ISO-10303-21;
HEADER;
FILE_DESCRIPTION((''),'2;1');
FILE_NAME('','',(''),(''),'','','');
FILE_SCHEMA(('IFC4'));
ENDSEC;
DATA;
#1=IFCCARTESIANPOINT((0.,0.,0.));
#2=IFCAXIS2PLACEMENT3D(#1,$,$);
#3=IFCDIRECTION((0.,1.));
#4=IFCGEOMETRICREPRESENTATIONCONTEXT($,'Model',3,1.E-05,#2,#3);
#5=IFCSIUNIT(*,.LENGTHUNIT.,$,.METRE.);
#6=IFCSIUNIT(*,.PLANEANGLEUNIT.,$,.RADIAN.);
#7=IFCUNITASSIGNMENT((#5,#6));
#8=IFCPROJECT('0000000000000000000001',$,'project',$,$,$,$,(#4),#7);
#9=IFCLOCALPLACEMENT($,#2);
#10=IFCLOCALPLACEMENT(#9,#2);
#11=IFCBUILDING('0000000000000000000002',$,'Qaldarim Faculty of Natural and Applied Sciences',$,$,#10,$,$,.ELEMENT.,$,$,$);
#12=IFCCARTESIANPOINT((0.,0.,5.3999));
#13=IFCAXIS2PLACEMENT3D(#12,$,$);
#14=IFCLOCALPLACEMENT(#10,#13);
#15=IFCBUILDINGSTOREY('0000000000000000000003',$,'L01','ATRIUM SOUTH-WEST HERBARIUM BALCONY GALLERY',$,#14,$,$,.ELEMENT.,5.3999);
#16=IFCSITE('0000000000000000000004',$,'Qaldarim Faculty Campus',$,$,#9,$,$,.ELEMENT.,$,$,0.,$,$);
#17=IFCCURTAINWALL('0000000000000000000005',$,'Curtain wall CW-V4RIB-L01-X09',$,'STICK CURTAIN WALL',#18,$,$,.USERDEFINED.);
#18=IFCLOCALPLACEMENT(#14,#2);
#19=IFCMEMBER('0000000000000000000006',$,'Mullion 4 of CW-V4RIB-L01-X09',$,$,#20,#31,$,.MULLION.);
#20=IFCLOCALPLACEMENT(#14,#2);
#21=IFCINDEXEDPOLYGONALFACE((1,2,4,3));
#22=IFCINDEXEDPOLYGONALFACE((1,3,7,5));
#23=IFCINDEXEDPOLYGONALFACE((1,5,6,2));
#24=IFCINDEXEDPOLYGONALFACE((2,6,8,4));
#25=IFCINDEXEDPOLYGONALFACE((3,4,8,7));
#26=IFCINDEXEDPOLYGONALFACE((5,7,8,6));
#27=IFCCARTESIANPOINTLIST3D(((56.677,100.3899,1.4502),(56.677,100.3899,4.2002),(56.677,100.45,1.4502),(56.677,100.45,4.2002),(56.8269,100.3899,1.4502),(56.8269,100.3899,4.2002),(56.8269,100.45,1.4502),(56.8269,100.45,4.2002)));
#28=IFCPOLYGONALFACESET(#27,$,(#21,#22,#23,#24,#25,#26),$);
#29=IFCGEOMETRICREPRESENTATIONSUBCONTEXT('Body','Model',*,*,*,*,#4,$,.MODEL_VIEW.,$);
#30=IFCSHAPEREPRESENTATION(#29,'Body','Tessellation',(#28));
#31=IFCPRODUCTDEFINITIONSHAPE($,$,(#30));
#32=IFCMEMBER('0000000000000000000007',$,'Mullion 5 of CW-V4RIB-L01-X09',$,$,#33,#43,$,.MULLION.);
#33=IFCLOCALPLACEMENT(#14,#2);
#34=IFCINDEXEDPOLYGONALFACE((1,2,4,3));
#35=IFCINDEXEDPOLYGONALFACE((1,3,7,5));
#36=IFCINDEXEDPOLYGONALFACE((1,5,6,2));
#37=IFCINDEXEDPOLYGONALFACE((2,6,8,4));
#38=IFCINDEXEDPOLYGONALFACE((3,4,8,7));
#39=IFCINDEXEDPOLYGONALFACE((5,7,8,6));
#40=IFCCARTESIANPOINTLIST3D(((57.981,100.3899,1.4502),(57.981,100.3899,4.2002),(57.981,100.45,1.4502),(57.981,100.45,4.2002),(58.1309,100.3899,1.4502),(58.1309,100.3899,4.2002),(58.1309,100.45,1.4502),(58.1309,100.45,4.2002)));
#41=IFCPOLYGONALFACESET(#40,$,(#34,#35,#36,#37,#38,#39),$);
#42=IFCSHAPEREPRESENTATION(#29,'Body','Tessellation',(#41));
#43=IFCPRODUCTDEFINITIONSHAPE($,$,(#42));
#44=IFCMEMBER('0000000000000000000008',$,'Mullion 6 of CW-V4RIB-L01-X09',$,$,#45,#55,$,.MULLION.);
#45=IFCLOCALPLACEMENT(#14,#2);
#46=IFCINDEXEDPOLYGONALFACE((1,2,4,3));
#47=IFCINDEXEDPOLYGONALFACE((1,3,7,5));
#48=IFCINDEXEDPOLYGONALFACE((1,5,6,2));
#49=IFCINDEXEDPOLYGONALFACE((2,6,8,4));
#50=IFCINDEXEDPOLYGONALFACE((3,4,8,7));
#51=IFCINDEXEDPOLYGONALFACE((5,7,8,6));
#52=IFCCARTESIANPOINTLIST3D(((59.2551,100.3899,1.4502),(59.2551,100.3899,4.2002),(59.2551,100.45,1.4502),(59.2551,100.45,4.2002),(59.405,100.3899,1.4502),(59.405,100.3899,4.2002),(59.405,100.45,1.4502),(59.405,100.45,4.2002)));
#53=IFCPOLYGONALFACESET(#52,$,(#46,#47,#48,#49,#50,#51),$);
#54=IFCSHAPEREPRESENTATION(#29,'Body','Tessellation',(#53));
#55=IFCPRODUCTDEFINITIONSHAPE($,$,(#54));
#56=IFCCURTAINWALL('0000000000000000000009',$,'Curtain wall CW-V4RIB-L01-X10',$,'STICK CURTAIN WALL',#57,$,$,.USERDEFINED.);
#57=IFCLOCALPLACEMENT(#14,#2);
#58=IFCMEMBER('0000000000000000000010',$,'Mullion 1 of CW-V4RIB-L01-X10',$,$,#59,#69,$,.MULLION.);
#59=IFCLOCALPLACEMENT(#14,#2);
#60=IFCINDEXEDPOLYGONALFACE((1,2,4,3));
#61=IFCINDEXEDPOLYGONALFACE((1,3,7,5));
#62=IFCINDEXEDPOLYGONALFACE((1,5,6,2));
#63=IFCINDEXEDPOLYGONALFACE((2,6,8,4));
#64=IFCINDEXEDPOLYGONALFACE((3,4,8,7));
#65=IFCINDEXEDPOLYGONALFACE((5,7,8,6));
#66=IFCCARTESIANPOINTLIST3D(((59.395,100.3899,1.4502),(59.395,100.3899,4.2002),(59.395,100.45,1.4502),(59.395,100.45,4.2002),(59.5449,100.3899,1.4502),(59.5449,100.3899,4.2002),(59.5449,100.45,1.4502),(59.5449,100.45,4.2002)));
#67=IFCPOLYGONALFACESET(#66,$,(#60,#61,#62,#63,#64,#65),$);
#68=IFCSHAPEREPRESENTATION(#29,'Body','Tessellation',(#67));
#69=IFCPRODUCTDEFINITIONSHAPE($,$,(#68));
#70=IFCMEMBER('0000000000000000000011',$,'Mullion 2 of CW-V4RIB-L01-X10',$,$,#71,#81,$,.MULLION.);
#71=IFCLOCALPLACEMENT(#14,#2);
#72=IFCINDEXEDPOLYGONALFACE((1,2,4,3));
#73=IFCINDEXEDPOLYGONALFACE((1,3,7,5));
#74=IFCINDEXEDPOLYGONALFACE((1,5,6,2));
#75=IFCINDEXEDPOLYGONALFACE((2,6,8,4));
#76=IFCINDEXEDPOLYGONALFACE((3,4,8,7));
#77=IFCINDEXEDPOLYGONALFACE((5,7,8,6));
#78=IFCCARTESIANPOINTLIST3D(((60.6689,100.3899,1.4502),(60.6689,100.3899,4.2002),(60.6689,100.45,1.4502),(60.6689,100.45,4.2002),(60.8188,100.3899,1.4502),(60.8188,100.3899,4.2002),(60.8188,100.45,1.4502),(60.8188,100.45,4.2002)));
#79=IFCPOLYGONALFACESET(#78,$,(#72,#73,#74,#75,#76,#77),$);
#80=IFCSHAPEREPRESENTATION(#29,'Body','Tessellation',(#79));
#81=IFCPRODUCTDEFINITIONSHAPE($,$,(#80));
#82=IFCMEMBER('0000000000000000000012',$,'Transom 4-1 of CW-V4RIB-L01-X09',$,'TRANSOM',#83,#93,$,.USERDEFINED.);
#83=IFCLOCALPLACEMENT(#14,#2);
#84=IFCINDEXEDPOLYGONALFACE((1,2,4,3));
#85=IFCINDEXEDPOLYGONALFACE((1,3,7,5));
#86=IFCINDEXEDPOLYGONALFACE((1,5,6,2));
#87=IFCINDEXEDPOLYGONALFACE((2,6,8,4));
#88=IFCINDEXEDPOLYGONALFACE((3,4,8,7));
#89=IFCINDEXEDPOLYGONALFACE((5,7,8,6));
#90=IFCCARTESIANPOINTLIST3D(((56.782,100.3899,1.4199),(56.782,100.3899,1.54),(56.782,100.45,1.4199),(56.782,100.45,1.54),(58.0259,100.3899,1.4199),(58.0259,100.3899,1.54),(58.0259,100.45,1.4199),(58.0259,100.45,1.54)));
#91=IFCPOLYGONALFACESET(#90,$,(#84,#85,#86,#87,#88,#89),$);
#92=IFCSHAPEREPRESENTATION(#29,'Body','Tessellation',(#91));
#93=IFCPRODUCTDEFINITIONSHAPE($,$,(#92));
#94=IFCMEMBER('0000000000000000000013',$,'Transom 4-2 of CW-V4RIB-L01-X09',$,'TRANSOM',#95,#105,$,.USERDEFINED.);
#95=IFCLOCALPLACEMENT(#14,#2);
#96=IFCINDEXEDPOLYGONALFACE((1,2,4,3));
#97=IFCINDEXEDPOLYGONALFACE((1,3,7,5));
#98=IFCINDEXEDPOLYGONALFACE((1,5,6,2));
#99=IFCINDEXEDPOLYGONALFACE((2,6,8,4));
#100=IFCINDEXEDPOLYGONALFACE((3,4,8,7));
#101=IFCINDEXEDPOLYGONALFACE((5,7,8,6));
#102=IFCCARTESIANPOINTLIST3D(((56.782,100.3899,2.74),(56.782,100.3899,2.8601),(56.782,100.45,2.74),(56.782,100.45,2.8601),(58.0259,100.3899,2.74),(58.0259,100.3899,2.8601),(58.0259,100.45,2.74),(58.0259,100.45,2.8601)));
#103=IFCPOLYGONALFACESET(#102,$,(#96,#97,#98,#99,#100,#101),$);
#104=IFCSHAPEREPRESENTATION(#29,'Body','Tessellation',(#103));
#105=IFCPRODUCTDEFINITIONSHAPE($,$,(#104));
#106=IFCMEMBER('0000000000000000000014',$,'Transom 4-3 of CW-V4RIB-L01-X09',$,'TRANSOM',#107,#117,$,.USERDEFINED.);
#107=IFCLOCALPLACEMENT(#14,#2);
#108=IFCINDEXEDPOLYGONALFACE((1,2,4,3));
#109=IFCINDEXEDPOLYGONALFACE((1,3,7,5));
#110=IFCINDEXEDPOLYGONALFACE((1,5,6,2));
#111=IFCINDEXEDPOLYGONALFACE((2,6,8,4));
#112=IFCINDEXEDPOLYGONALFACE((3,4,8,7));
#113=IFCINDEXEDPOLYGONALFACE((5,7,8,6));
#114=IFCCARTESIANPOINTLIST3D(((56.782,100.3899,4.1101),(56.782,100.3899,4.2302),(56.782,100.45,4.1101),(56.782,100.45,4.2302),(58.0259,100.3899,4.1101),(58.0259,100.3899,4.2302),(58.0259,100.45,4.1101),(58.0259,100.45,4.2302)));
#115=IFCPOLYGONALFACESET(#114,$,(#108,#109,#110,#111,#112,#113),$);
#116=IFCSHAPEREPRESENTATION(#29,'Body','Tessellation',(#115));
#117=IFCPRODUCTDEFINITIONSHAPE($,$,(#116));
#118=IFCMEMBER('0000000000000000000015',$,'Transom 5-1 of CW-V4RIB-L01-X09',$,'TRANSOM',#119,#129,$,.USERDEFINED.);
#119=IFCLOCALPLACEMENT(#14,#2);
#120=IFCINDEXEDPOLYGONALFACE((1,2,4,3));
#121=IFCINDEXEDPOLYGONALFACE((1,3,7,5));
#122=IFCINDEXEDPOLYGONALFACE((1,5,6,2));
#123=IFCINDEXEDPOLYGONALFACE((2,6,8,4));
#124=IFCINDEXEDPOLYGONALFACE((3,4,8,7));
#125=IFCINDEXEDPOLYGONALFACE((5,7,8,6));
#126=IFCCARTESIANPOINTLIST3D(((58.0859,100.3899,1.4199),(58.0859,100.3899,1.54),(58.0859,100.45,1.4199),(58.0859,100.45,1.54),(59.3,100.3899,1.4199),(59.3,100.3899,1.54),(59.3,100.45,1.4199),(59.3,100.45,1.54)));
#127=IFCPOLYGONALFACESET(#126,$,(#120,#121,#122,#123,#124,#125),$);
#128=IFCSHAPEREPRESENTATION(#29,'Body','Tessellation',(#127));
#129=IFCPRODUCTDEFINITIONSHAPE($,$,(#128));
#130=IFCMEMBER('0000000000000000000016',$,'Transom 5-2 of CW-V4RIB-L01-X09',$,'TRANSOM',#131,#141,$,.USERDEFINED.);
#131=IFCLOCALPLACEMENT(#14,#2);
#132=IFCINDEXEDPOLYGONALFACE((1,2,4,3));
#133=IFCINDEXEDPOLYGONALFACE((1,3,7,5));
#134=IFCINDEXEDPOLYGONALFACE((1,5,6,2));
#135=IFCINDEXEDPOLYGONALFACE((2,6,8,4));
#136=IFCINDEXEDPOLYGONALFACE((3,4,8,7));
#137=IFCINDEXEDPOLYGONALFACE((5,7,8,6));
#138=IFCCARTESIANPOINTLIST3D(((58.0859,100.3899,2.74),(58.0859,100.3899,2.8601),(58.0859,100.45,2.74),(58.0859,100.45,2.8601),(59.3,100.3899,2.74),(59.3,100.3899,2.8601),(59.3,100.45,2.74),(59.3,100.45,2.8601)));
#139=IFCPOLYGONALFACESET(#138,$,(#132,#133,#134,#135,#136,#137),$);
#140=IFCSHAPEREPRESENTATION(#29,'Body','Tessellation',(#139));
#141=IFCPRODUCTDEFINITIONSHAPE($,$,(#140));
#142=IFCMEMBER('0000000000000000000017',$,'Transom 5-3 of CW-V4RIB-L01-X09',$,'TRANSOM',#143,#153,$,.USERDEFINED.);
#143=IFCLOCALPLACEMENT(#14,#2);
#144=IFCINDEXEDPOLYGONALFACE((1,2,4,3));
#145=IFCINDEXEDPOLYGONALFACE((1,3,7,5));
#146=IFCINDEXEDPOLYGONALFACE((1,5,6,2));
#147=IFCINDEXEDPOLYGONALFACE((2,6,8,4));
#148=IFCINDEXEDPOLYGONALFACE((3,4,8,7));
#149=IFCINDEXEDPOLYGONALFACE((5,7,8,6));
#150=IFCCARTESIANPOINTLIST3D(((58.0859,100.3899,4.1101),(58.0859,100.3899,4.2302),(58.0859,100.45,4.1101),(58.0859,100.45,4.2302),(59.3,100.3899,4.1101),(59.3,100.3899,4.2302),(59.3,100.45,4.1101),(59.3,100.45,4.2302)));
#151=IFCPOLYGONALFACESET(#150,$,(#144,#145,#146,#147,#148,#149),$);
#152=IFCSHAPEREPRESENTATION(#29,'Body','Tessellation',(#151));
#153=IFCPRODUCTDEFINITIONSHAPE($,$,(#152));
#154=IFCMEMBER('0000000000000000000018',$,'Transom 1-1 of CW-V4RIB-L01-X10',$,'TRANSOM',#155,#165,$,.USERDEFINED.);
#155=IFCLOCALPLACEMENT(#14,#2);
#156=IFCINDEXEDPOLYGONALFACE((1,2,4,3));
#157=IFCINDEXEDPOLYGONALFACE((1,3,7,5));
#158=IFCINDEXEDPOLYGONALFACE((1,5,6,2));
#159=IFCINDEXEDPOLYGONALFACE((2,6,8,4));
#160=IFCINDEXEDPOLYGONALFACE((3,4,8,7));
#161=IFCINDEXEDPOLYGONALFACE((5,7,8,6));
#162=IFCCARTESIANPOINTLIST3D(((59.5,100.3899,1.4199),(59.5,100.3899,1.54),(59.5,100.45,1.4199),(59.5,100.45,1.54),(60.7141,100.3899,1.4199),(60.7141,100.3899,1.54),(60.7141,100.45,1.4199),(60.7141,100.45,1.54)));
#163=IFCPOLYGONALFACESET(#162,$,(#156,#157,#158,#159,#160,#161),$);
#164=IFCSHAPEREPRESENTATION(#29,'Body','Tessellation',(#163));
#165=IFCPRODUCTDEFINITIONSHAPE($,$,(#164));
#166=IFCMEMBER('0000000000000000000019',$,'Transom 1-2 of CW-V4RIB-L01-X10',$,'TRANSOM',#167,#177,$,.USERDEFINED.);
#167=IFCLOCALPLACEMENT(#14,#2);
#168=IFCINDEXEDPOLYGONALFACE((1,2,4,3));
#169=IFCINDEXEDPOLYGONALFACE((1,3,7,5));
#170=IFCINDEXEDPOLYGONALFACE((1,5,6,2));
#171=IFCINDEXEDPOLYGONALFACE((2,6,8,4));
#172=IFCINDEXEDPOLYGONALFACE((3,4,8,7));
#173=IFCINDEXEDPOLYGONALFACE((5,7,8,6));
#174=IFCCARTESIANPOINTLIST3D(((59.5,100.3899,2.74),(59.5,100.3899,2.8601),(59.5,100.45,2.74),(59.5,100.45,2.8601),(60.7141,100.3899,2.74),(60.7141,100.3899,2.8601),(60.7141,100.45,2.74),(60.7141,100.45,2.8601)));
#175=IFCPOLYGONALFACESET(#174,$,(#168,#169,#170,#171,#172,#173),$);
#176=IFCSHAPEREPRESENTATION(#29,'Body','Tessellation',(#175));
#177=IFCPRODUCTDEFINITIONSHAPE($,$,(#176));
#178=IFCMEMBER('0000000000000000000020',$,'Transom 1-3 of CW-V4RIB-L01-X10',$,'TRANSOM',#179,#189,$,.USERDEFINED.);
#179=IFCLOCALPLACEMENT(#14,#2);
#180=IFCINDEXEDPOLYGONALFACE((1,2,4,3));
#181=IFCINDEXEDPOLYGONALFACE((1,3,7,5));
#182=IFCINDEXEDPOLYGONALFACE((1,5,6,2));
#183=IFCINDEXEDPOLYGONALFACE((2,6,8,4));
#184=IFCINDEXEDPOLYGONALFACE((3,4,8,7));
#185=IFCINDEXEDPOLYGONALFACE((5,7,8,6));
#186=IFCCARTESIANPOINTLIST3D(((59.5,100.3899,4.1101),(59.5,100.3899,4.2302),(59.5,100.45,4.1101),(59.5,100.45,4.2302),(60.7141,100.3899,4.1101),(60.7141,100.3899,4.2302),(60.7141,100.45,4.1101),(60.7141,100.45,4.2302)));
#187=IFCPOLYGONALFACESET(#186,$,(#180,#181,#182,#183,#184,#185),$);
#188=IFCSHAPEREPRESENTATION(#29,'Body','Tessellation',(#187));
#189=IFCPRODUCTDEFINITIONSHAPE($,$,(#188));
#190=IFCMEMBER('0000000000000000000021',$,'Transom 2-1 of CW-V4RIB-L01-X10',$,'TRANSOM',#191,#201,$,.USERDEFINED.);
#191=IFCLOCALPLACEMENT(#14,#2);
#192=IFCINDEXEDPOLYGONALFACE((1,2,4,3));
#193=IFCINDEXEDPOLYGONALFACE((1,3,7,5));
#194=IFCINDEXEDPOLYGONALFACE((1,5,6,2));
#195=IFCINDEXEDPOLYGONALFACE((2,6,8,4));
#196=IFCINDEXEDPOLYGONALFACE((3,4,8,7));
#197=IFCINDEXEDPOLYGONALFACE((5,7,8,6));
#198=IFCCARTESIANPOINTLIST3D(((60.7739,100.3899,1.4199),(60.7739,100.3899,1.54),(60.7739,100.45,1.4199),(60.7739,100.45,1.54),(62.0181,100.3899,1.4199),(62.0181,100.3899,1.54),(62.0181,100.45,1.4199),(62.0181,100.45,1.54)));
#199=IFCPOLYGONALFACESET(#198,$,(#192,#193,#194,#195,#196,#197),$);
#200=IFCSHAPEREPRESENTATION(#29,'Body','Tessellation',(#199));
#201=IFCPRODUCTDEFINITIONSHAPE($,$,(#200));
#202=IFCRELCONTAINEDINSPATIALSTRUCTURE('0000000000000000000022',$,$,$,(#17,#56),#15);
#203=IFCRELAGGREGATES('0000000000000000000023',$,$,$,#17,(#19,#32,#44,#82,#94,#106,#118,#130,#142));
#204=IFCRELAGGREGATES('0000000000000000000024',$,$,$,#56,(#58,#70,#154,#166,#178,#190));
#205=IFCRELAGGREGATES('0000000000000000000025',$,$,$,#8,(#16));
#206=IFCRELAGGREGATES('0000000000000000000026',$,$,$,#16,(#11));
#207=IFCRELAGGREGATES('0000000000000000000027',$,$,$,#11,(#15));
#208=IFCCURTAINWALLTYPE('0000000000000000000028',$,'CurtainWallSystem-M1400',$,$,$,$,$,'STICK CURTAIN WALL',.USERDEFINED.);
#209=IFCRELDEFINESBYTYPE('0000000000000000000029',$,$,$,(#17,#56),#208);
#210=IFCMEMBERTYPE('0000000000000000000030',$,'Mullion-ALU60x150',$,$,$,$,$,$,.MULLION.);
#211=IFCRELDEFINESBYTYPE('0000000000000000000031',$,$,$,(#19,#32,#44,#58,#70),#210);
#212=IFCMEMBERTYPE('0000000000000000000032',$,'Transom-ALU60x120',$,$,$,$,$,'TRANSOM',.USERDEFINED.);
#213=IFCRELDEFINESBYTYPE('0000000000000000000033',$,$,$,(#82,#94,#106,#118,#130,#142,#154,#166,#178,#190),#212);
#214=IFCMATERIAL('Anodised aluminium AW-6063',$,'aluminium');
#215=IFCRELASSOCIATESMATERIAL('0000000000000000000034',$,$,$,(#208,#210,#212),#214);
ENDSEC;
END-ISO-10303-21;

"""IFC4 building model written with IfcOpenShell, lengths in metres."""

from ifc_helpers import new_model, si_unit, direction, frame, origin, origin_2d, place, context, subcontext, project, spatial, rectangle, extrude, material, material_profile, profile_set, type_object, element, aggregate, save


model = new_model("IFC4")

# Units and contexts
model_context = context("Model", 3, precision=1e-05, world=origin(), true_north=direction((0.0, 1.0)))
body_context = subcontext(model_context, "Body", "Model", "MODEL_VIEW")
ifc_project = project(units=[si_unit("LENGTHUNIT", "METRE"), si_unit("PLANEANGLEUNIT", "RADIAN")], contexts=[model_context])

# Site, building, storey
site_placement = place(None, origin())
site = spatial("IfcSite", under=ifc_project, at=site_placement, Name="Qaldarim Faculty Campus", CompositionType="ELEMENT", RefElevation=0.0)
building_placement = place(site_placement, origin())
building = spatial("IfcBuilding", under=site, at=building_placement, Name="Qaldarim Faculty of Natural and Applied Sciences", CompositionType="ELEMENT")
storey_placement = place(building_placement, frame((0.0, 0.0, 5.3999)))
storey = spatial("IfcBuildingStorey", under=building, at=storey_placement, Name="L01", Description="ATRIUM SOUTH-WEST HERBARIUM BALCONY GALLERY", CompositionType="ELEMENT", Elevation=5.3999)

# Curtain walls, members
ifc_material_1 = material(Name="Anodised aluminium AW-6063", Category="aluminium")
curtain_wall_type = type_object("IfcCurtainWallType", Name="CurtainWallSystem-M1400", ElementType="STICK CURTAIN WALL", PredefinedType="USERDEFINED", material=ifc_material_1)
curtain_wall_1_placement = place(storey_placement, origin())
curtain_wall_1 = element("IfcCurtainWall", 1, at=curtain_wall_1_placement, inside=storey, type_object=curtain_wall_type, Name="Curtain wall CW-V4RIB-L01-X09", ObjectType="STICK CURTAIN WALL", PredefinedType="USERDEFINED")
ifc_material_profile_1 = material_profile(ifc_material_1, rectangle(XDim=0.0601, YDim=0.1499, at=origin_2d()), Name="ALU-M60x150")
ifc_profile_set_1 = profile_set([ifc_material_profile_1], Name="Anodised aluminium AW-6063")
member_type_1 = type_object("IfcMemberType", Name="Mullion-ALU60x150", PredefinedType="MULLION", material=ifc_profile_set_1)
member_1_placement = place(storey_placement, frame((56.752, 100.4199, 1.4502), z_axis=(0.0, 0.0, 1.0), x_axis=(0.0, 1.0, 0.0)))
member_1 = element("IfcMember", 2, at=member_1_placement, type_object=member_type_1, Name="Mullion 4 of CW-V4RIB-L01-X09", PredefinedType="MULLION", context=body_context, shape_type="SweptSolid", body=[
    extrude(rectangle(XDim=0.0601, YDim=0.1499, at=origin_2d()), origin(), (0.0, 0.0, 1.0), 2.75),
])
member_2_placement = place(storey_placement, frame((58.0559, 100.4199, 1.4502), z_axis=(0.0, 0.0, 1.0), x_axis=(0.0, 1.0, 0.0)))
member_2 = element("IfcMember", 3, at=member_2_placement, type_object=member_type_1, Name="Mullion 5 of CW-V4RIB-L01-X09", PredefinedType="MULLION", context=body_context, shape_type="SweptSolid", body=[
    extrude(rectangle(XDim=0.0601, YDim=0.1499, at=origin_2d()), origin(), (0.0, 0.0, 1.0), 2.75),
])
member_3_placement = place(storey_placement, frame((59.3301, 100.4199, 1.4502), z_axis=(0.0, 0.0, 1.0), x_axis=(0.0, 1.0, 0.0)))
member_3 = element("IfcMember", 4, at=member_3_placement, type_object=member_type_1, Name="Mullion 6 of CW-V4RIB-L01-X09", PredefinedType="MULLION", context=body_context, shape_type="SweptSolid", body=[
    extrude(rectangle(XDim=0.0601, YDim=0.1499, at=origin_2d()), origin(), (0.0, 0.0, 1.0), 2.75),
])
curtain_wall_2_placement = place(storey_placement, origin())
curtain_wall_2 = element("IfcCurtainWall", 5, at=curtain_wall_2_placement, inside=storey, type_object=curtain_wall_type, Name="Curtain wall CW-V4RIB-L01-X10", ObjectType="STICK CURTAIN WALL", PredefinedType="USERDEFINED")
member_4_placement = place(storey_placement, frame((59.47, 100.4199, 1.4502), z_axis=(0.0, 0.0, 1.0), x_axis=(0.0, 1.0, 0.0)))
member_4 = element("IfcMember", 6, at=member_4_placement, type_object=member_type_1, Name="Mullion 1 of CW-V4RIB-L01-X10", PredefinedType="MULLION", context=body_context, shape_type="SweptSolid", body=[
    extrude(rectangle(XDim=0.0601, YDim=0.1499, at=origin_2d()), origin(), (0.0, 0.0, 1.0), 2.75),
])
member_5_placement = place(storey_placement, frame((60.7439, 100.4199, 1.4502), z_axis=(0.0, 0.0, 1.0), x_axis=(0.0, 1.0, 0.0)))
member_5 = element("IfcMember", 7, at=member_5_placement, type_object=member_type_1, Name="Mullion 2 of CW-V4RIB-L01-X10", PredefinedType="MULLION", context=body_context, shape_type="SweptSolid", body=[
    extrude(rectangle(XDim=0.0601, YDim=0.1499, at=origin_2d()), origin(), (0.0, 0.0, 1.0), 2.75),
])

# Members
ifc_material_profile_2 = material_profile(ifc_material_1, rectangle(XDim=0.0601, YDim=0.1201, at=origin_2d()), Name="ALU-T60x120")
ifc_profile_set_2 = profile_set([ifc_material_profile_2], Name="Anodised aluminium AW-6063")
member_type_2 = type_object("IfcMemberType", Name="Transom-ALU60x120", ElementType="TRANSOM", PredefinedType="USERDEFINED", material=ifc_profile_set_2)
member_6_placement = place(storey_placement, frame((56.782, 100.4199, 1.48), z_axis=(1.0, 0.0, 0.0), x_axis=(0.0, 1.0, 0.0)))
member_6 = element("IfcMember", 8, at=member_6_placement, type_object=member_type_2, Name="Transom 4-1 of CW-V4RIB-L01-X09", ObjectType="TRANSOM", PredefinedType="USERDEFINED", context=body_context, shape_type="SweptSolid", body=[
    extrude(rectangle(XDim=0.0601, YDim=0.1201, at=origin_2d()), origin(), (0.0, 0.0, 1.0), 1.2439),
])
member_7_placement = place(storey_placement, frame((56.782, 100.4199, 2.8), z_axis=(1.0, 0.0, 0.0), x_axis=(0.0, 1.0, 0.0)))
member_7 = element("IfcMember", 9, at=member_7_placement, type_object=member_type_2, Name="Transom 4-2 of CW-V4RIB-L01-X09", ObjectType="TRANSOM", PredefinedType="USERDEFINED", context=body_context, shape_type="SweptSolid", body=[
    extrude(rectangle(XDim=0.0601, YDim=0.1201, at=origin_2d()), origin(), (0.0, 0.0, 1.0), 1.2439),
])
member_8_placement = place(storey_placement, frame((56.782, 100.4199, 4.1702), z_axis=(1.0, 0.0, 0.0), x_axis=(0.0, 1.0, 0.0)))
member_8 = element("IfcMember", 10, at=member_8_placement, type_object=member_type_2, Name="Transom 4-3 of CW-V4RIB-L01-X09", ObjectType="TRANSOM", PredefinedType="USERDEFINED", context=body_context, shape_type="SweptSolid", body=[
    extrude(rectangle(XDim=0.0601, YDim=0.1201, at=origin_2d()), origin(), (0.0, 0.0, 1.0), 1.2439),
])
member_9_placement = place(storey_placement, frame((58.0859, 100.4199, 1.48), z_axis=(1.0, 0.0, 0.0), x_axis=(0.0, 1.0, 0.0)))
member_9 = element("IfcMember", 11, at=member_9_placement, type_object=member_type_2, Name="Transom 5-1 of CW-V4RIB-L01-X09", ObjectType="TRANSOM", PredefinedType="USERDEFINED", context=body_context, shape_type="SweptSolid", body=[
    extrude(rectangle(XDim=0.0601, YDim=0.1201, at=origin_2d()), origin(), (0.0, 0.0, 1.0), 1.2141),
])
member_10_placement = place(storey_placement, frame((58.0859, 100.4199, 2.8), z_axis=(1.0, 0.0, 0.0), x_axis=(0.0, 1.0, 0.0)))
member_10 = element("IfcMember", 12, at=member_10_placement, type_object=member_type_2, Name="Transom 5-2 of CW-V4RIB-L01-X09", ObjectType="TRANSOM", PredefinedType="USERDEFINED", context=body_context, shape_type="SweptSolid", body=[
    extrude(rectangle(XDim=0.0601, YDim=0.1201, at=origin_2d()), origin(), (0.0, 0.0, 1.0), 1.2141),
])
member_11_placement = place(storey_placement, frame((58.0859, 100.4199, 4.1702), z_axis=(1.0, 0.0, 0.0), x_axis=(0.0, 1.0, 0.0)))
member_11 = element("IfcMember", 13, at=member_11_placement, type_object=member_type_2, Name="Transom 5-3 of CW-V4RIB-L01-X09", ObjectType="TRANSOM", PredefinedType="USERDEFINED", context=body_context, shape_type="SweptSolid", body=[
    extrude(rectangle(XDim=0.0601, YDim=0.1201, at=origin_2d()), origin(), (0.0, 0.0, 1.0), 1.2141),
])
member_12_placement = place(storey_placement, frame((59.5, 100.4199, 1.48), z_axis=(1.0, 0.0, 0.0), x_axis=(0.0, 1.0, 0.0)))
member_12 = element("IfcMember", 14, at=member_12_placement, type_object=member_type_2, Name="Transom 1-1 of CW-V4RIB-L01-X10", ObjectType="TRANSOM", PredefinedType="USERDEFINED", context=body_context, shape_type="SweptSolid", body=[
    extrude(rectangle(XDim=0.0601, YDim=0.1201, at=origin_2d()), origin(), (0.0, 0.0, 1.0), 1.2141),
])
member_13_placement = place(storey_placement, frame((59.5, 100.4199, 2.8), z_axis=(1.0, 0.0, 0.0), x_axis=(0.0, 1.0, 0.0)))
member_13 = element("IfcMember", 15, at=member_13_placement, type_object=member_type_2, Name="Transom 1-2 of CW-V4RIB-L01-X10", ObjectType="TRANSOM", PredefinedType="USERDEFINED", context=body_context, shape_type="SweptSolid", body=[
    extrude(rectangle(XDim=0.0601, YDim=0.1201, at=origin_2d()), origin(), (0.0, 0.0, 1.0), 1.2141),
])
member_14_placement = place(storey_placement, frame((59.5, 100.4199, 4.1702), z_axis=(1.0, 0.0, 0.0), x_axis=(0.0, 1.0, 0.0)))
member_14 = element("IfcMember", 16, at=member_14_placement, type_object=member_type_2, Name="Transom 1-3 of CW-V4RIB-L01-X10", ObjectType="TRANSOM", PredefinedType="USERDEFINED", context=body_context, shape_type="SweptSolid", body=[
    extrude(rectangle(XDim=0.0601, YDim=0.1201, at=origin_2d()), origin(), (0.0, 0.0, 1.0), 1.2141),
])
member_15_placement = place(storey_placement, frame((60.7739, 100.4199, 1.48), z_axis=(1.0, 0.0, 0.0), x_axis=(0.0, 1.0, 0.0)))
member_15 = element("IfcMember", 17, at=member_15_placement, type_object=member_type_2, Name="Transom 2-1 of CW-V4RIB-L01-X10", ObjectType="TRANSOM", PredefinedType="USERDEFINED", context=body_context, shape_type="SweptSolid", body=[
    extrude(rectangle(XDim=0.0601, YDim=0.1201, at=origin_2d()), origin(), (0.0, 0.0, 1.0), 1.2441),
])

aggregate(curtain_wall_1, [member_1, member_2, member_3, member_6, member_7, member_8, member_9, member_10, member_11])
aggregate(curtain_wall_2, [member_4, member_5, member_12, member_13, member_14, member_15])

save(model, "model.ifc")
